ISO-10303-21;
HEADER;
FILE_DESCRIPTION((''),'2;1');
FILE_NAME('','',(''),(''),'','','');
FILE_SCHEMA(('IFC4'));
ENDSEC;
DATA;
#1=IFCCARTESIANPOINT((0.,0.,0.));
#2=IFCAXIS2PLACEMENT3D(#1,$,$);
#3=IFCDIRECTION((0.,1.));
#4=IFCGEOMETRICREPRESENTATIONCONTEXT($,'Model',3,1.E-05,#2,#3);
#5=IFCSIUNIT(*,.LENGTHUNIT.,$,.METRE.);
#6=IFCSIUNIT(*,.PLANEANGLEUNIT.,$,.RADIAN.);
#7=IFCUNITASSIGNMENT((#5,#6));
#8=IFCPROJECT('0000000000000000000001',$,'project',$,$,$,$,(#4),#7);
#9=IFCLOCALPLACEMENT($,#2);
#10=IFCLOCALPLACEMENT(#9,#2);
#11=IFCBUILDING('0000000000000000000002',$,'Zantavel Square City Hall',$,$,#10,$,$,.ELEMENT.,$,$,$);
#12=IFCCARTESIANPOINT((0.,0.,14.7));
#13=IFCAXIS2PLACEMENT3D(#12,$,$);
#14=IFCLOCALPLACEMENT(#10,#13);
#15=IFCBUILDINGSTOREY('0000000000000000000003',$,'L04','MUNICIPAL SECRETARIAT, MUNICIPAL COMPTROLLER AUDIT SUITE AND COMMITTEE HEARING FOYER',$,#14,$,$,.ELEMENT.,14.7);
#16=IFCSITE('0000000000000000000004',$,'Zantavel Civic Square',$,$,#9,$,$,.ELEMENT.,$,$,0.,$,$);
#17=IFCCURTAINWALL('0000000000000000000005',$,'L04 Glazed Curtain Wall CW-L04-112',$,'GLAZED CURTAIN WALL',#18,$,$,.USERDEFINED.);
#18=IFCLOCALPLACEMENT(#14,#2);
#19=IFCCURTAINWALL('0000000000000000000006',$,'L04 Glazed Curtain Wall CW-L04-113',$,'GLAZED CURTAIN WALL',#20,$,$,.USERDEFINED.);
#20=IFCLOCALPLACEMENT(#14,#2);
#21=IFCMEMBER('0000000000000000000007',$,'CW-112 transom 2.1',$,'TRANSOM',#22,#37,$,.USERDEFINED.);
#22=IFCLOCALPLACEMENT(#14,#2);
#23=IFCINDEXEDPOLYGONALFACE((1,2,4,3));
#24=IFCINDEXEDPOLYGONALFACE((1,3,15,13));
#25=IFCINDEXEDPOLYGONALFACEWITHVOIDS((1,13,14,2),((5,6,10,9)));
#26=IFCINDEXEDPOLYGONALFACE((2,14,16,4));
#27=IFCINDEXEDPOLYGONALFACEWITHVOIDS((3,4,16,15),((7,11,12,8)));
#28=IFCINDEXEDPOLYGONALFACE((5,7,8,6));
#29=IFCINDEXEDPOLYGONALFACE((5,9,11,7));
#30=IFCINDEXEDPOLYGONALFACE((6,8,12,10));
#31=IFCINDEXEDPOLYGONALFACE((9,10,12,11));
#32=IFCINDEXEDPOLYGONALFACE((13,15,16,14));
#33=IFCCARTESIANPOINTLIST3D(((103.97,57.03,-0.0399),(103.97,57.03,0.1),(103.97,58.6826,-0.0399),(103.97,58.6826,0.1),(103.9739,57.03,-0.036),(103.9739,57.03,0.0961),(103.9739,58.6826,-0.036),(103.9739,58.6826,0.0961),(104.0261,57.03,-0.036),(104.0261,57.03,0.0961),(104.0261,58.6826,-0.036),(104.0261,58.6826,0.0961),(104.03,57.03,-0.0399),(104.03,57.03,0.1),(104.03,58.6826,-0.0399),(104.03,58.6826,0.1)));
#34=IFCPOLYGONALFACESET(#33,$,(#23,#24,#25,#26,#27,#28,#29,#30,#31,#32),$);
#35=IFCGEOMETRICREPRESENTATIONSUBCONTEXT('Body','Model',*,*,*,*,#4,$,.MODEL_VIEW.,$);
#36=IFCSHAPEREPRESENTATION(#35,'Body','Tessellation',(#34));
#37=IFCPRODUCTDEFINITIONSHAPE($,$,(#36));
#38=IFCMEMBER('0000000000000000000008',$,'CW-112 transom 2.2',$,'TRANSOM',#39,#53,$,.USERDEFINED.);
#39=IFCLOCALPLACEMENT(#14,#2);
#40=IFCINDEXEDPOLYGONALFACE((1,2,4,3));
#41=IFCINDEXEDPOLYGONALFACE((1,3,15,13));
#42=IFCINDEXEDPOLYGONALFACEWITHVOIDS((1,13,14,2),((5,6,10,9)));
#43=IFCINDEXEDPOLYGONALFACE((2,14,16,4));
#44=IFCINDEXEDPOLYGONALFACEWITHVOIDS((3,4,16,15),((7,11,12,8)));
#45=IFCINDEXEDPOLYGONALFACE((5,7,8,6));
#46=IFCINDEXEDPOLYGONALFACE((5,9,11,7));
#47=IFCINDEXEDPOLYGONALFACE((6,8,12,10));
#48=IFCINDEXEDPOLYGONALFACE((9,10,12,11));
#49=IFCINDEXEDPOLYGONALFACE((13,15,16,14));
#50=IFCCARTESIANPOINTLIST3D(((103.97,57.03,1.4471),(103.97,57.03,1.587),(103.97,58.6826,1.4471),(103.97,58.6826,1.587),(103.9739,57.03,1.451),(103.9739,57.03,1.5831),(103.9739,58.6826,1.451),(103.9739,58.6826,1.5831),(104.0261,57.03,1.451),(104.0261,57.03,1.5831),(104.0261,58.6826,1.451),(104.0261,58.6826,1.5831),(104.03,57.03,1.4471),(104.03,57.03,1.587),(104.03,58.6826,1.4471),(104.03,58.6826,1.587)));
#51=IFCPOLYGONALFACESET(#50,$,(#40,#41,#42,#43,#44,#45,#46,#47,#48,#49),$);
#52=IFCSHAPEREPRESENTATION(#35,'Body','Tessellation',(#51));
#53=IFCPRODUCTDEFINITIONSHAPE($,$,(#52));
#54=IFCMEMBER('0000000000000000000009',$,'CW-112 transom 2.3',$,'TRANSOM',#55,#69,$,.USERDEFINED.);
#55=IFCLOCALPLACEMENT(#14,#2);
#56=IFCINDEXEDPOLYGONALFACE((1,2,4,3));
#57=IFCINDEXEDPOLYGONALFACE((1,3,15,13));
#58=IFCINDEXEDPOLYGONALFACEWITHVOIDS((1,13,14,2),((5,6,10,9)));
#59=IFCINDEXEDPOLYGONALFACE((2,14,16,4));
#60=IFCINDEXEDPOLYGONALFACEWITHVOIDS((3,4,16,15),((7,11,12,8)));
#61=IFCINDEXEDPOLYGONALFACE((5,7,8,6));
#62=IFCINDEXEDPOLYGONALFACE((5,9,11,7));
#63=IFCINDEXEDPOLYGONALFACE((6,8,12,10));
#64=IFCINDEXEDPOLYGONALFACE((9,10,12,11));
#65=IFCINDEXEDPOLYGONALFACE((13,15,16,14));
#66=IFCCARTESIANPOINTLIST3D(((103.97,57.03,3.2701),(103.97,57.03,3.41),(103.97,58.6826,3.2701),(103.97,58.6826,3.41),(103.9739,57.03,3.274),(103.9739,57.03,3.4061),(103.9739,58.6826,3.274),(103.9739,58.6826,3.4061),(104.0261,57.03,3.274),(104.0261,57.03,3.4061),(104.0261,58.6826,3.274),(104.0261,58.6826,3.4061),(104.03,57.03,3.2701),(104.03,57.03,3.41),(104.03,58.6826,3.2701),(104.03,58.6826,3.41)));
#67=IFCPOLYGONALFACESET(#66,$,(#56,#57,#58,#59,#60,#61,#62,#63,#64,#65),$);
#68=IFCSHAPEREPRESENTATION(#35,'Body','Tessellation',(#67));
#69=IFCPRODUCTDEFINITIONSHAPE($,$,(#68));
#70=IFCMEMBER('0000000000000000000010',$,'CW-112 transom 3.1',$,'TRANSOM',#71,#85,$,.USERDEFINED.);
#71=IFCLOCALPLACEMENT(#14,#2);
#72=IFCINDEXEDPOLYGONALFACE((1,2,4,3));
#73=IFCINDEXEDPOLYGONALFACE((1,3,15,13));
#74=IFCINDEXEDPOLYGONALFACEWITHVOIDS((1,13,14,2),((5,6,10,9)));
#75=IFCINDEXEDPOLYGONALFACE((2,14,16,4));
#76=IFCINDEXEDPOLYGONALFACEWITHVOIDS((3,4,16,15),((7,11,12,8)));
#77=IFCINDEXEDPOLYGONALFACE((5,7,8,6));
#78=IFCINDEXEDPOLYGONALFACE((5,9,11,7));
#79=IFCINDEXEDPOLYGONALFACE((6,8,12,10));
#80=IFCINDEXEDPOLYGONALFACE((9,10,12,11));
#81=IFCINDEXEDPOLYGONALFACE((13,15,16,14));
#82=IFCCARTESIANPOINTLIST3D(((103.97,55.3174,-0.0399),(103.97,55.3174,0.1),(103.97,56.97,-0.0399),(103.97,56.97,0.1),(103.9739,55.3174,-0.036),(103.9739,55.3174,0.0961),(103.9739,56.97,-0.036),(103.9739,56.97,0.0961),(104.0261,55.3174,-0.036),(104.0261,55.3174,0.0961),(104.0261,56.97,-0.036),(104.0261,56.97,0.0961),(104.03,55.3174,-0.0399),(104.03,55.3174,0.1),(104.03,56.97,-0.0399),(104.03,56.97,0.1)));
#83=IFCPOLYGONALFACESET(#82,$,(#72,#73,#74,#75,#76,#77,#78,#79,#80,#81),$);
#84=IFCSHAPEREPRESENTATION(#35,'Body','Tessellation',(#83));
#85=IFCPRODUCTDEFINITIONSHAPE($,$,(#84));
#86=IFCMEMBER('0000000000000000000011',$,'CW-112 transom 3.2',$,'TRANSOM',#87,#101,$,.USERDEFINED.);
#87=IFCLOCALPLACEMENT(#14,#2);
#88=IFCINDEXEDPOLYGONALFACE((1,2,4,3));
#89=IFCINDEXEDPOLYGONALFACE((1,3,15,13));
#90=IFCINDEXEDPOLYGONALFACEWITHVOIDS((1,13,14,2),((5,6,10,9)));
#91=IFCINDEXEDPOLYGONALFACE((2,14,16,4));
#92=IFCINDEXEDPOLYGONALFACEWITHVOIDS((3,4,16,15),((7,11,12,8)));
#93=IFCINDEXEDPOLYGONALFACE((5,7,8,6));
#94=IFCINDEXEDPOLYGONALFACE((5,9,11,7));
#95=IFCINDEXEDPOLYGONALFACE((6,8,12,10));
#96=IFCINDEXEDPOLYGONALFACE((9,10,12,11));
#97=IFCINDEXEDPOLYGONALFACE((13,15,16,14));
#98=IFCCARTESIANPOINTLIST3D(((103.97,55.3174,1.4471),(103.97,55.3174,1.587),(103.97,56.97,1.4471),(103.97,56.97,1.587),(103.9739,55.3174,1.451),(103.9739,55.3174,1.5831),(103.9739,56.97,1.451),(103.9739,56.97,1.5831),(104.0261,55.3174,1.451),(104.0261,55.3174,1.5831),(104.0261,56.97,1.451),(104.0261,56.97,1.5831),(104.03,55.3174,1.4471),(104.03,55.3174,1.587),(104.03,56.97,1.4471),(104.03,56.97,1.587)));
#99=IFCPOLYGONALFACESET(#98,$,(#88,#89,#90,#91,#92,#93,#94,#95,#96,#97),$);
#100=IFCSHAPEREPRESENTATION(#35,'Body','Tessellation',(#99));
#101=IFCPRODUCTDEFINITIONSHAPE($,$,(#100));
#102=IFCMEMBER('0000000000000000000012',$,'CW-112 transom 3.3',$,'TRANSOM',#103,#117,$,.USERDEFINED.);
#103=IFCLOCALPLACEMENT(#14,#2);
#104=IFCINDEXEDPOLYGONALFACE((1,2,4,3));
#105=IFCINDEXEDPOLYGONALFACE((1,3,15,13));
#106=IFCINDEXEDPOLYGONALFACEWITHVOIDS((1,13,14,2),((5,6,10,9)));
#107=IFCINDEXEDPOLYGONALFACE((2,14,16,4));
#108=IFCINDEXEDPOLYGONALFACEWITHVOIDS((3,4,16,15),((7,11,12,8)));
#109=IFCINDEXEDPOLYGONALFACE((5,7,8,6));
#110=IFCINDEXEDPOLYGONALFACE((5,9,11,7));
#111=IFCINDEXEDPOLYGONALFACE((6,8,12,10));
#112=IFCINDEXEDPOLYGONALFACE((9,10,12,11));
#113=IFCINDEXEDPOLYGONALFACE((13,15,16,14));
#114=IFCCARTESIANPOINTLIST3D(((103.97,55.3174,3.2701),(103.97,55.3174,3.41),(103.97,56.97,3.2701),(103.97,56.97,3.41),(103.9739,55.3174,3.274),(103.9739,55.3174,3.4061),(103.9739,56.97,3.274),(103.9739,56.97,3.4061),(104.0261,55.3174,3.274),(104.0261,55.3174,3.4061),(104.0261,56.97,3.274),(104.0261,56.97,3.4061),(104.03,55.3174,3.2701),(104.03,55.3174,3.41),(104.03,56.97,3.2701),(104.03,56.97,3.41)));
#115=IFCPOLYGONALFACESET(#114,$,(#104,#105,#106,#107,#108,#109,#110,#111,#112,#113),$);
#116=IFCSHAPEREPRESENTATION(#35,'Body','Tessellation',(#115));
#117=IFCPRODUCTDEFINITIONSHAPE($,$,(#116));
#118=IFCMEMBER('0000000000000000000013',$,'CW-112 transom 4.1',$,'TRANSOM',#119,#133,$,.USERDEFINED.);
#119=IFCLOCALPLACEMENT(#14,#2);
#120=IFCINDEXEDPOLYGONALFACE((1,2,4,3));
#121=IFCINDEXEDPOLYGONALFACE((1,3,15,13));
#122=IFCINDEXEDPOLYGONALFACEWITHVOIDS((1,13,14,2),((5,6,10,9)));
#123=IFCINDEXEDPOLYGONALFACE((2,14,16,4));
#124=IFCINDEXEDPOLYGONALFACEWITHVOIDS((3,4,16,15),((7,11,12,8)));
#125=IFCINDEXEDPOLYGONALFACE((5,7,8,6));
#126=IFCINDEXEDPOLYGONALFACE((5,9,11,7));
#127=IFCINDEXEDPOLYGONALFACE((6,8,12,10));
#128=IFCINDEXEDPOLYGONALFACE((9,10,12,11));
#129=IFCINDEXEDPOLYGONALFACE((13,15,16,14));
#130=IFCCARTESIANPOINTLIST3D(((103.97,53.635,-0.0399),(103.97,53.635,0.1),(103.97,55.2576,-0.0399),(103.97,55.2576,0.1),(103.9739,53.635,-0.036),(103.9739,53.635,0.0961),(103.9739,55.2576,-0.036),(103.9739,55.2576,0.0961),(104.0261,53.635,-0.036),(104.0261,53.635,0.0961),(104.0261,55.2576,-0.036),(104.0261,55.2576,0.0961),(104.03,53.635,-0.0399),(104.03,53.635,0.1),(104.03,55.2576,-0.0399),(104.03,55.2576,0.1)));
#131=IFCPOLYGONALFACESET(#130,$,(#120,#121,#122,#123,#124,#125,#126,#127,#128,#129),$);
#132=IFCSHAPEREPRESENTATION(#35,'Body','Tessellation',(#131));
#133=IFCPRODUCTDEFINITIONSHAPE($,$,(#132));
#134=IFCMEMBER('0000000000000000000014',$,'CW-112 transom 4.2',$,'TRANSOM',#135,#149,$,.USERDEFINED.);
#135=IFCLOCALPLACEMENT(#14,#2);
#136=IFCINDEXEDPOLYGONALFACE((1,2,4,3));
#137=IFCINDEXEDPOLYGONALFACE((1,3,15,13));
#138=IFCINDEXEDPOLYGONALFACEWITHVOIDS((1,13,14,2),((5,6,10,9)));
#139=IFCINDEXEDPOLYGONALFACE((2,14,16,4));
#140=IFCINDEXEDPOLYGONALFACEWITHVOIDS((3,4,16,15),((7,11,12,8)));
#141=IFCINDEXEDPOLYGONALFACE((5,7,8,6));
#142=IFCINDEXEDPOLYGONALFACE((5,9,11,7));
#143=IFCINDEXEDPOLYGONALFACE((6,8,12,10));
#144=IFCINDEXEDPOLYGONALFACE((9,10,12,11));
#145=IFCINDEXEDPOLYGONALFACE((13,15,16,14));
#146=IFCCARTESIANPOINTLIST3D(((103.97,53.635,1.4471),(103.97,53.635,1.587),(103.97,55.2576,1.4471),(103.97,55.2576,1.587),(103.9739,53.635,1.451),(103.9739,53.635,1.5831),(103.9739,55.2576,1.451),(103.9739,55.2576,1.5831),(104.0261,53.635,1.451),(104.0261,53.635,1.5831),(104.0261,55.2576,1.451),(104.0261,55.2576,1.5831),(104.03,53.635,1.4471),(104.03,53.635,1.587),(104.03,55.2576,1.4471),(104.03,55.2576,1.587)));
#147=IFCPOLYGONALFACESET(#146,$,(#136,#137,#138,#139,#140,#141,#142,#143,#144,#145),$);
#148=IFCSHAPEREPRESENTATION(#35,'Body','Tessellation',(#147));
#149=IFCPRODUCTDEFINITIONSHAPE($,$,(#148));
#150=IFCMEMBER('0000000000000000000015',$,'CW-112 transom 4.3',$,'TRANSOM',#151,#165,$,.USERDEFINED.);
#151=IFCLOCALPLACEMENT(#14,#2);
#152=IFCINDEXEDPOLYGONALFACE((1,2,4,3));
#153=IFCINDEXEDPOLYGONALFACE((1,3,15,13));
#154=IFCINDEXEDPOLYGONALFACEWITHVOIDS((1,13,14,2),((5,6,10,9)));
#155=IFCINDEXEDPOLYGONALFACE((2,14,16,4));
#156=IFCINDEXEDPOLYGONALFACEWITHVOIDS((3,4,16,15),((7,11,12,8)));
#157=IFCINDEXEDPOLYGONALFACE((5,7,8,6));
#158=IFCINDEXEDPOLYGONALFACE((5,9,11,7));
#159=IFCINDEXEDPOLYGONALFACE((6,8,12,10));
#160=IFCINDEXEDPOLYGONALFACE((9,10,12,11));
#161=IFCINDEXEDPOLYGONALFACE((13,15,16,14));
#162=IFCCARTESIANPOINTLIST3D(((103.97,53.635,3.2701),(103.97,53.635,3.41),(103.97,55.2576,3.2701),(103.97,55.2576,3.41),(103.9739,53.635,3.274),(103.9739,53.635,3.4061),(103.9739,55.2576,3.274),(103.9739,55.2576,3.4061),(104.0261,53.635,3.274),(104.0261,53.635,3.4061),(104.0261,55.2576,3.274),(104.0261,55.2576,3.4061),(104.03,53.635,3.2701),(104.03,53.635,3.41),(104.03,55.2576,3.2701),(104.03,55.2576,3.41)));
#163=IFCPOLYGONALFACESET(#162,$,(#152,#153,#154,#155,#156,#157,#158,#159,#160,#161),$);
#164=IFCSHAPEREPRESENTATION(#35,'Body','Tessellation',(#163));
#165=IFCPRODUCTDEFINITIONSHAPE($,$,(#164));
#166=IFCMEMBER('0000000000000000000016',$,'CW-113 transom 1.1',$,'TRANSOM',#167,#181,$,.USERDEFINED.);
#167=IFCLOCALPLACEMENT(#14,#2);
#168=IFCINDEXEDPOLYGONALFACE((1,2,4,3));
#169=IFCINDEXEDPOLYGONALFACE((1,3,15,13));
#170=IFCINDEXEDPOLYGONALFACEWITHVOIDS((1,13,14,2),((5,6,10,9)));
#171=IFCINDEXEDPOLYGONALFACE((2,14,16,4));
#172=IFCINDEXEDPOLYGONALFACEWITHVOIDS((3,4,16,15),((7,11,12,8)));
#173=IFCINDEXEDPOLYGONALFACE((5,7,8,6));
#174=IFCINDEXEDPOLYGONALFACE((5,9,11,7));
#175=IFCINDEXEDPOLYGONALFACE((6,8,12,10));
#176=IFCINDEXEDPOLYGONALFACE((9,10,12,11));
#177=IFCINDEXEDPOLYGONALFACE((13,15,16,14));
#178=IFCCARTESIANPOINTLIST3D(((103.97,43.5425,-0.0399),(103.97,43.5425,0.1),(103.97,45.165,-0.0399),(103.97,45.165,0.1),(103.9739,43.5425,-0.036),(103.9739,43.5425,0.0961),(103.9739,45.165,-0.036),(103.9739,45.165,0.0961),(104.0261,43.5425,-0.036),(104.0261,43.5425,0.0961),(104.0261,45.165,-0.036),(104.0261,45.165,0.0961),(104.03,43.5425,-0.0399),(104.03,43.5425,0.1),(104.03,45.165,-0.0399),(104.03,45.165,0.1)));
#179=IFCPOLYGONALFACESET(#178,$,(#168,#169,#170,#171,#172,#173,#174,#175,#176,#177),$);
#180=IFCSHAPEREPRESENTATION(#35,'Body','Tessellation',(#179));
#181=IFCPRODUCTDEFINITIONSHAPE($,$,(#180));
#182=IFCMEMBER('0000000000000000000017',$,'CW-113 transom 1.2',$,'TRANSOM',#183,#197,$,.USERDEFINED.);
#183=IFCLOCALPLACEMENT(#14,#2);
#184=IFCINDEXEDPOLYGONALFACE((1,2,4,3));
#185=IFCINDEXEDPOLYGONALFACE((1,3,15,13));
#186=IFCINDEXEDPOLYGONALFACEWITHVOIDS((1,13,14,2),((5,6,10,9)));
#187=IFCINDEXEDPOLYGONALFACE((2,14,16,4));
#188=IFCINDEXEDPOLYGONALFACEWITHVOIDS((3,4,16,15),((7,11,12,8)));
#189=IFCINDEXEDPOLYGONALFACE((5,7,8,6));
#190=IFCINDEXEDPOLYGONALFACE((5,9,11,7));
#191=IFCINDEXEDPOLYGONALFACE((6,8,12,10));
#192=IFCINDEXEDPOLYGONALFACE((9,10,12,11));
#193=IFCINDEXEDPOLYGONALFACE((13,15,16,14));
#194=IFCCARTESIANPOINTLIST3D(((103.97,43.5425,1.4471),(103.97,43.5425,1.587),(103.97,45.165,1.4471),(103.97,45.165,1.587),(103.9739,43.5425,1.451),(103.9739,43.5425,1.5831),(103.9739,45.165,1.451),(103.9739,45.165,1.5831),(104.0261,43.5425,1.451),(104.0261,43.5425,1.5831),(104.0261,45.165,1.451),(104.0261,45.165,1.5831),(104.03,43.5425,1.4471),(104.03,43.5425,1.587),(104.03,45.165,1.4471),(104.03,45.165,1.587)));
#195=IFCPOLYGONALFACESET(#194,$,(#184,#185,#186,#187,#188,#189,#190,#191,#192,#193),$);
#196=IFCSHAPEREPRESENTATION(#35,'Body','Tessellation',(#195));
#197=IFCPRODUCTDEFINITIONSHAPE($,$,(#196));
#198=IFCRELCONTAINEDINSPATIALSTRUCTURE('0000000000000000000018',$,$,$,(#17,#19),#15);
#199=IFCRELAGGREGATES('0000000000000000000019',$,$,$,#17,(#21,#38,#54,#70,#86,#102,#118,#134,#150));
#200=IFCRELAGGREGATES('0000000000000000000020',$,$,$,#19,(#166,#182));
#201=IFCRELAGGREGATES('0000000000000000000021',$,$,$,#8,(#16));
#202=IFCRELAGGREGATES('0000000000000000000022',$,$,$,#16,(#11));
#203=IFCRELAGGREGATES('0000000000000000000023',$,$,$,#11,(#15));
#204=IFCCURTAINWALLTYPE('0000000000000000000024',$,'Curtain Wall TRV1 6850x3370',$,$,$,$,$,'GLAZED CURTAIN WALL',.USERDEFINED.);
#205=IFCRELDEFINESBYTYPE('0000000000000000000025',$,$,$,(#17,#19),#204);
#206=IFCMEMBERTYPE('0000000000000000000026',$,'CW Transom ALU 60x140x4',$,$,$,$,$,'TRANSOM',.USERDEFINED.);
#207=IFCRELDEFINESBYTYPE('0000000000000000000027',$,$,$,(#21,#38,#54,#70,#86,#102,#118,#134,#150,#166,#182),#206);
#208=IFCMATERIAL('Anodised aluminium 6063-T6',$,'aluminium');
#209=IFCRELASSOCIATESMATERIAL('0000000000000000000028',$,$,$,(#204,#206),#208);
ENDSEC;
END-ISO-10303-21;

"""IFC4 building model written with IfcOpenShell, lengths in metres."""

from ifc_helpers import new_model, si_unit, direction, frame, origin, origin_2d, place, context, subcontext, project, spatial, hollow_rectangle, extrude, material, material_profile, profile_set, type_object, element, aggregate, save


model = new_model("IFC4")

# Units and contexts
model_context = context("Model", 3, precision=1e-05, world=origin(), true_north=direction((0.0, 1.0)))
body_context = subcontext(model_context, "Body", "Model", "MODEL_VIEW")
ifc_project = project(units=[si_unit("LENGTHUNIT", "METRE"), si_unit("PLANEANGLEUNIT", "RADIAN")], contexts=[model_context])

# Site, building, storey
site_placement = place(None, origin())
site = spatial("IfcSite", under=ifc_project, at=site_placement, Name="Zantavel Civic Square", CompositionType="ELEMENT", RefElevation=0.0)
building_placement = place(site_placement, origin())
building = spatial("IfcBuilding", under=site, at=building_placement, Name="Zantavel Square City Hall", CompositionType="ELEMENT")
storey_placement = place(building_placement, frame((0.0, 0.0, 14.7)))
storey = spatial("IfcBuildingStorey", under=building, at=storey_placement, Name="L04", Description="MUNICIPAL SECRETARIAT, MUNICIPAL COMPTROLLER AUDIT SUITE AND COMMITTEE HEARING FOYER", CompositionType="ELEMENT", Elevation=14.7)

# Curtain wall
ifc_material_1 = material(Name="Anodised aluminium 6063-T6", Category="aluminium")
curtain_wall_type = type_object("IfcCurtainWallType", Name="Curtain Wall TRV1 6850x3370", ElementType="GLAZED CURTAIN WALL", PredefinedType="USERDEFINED", material=ifc_material_1)
curtain_wall_1_placement = place(storey_placement, origin())
curtain_wall_1 = element("IfcCurtainWall", 1, at=curtain_wall_1_placement, inside=storey, type_object=curtain_wall_type, Name="L04 Glazed Curtain Wall CW-L04-112", ObjectType="GLAZED CURTAIN WALL", PredefinedType="USERDEFINED")

# Curtain wall
curtain_wall_2_placement = place(storey_placement, origin())
curtain_wall_2 = element("IfcCurtainWall", 2, at=curtain_wall_2_placement, inside=storey, type_object=curtain_wall_type, Name="L04 Glazed Curtain Wall CW-L04-113", ObjectType="GLAZED CURTAIN WALL", PredefinedType="USERDEFINED")

# Members
ifc_material_profile_1 = material_profile(ifc_material_1, hollow_rectangle(XDim=0.0601, YDim=0.1399, WallThickness=0.0039, at=origin_2d()), Name="ALU 60x140x4")
ifc_profile_set_1 = profile_set([ifc_material_profile_1], Name="Anodised aluminium 6063-T6")
member_type_1 = type_object("IfcMemberType", Name="CW Transom ALU 60x140x4", ElementType="TRANSOM", PredefinedType="USERDEFINED", material=ifc_profile_set_1)
member_1_placement = place(storey_placement, frame((104.0, 58.6826, 0.03), z_axis=(0.0, -1.0, 0.0), x_axis=(1.0, 0.0, 0.0)))
member_1 = element("IfcMember", 3, at=member_1_placement, type_object=member_type_1, Name="CW-112 transom 2.1", ObjectType="TRANSOM", PredefinedType="USERDEFINED", context=body_context, shape_type="SweptSolid", body=[
    extrude(hollow_rectangle(XDim=0.0601, YDim=0.1399, WallThickness=0.0039, at=origin_2d()), origin(), (0.0, 0.0, 1.0), 1.6526),
])
member_2_placement = place(storey_placement, frame((104.0, 58.6826, 1.5171), z_axis=(0.0, -1.0, 0.0), x_axis=(1.0, 0.0, 0.0)))
member_2 = element("IfcMember", 4, at=member_2_placement, type_object=member_type_1, Name="CW-112 transom 2.2", ObjectType="TRANSOM", PredefinedType="USERDEFINED", context=body_context, shape_type="SweptSolid", body=[
    extrude(hollow_rectangle(XDim=0.0601, YDim=0.1399, WallThickness=0.0039, at=origin_2d()), origin(), (0.0, 0.0, 1.0), 1.6526),
])
member_3_placement = place(storey_placement, frame((104.0, 58.6826, 3.3401), z_axis=(0.0, -1.0, 0.0), x_axis=(1.0, 0.0, 0.0)))
member_3 = element("IfcMember", 5, at=member_3_placement, type_object=member_type_1, Name="CW-112 transom 2.3", ObjectType="TRANSOM", PredefinedType="USERDEFINED", context=body_context, shape_type="SweptSolid", body=[
    extrude(hollow_rectangle(XDim=0.0601, YDim=0.1399, WallThickness=0.0039, at=origin_2d()), origin(), (0.0, 0.0, 1.0), 1.6526),
])
member_4_placement = place(storey_placement, frame((104.0, 56.97, 0.03), z_axis=(0.0, -1.0, 0.0), x_axis=(1.0, 0.0, 0.0)))
member_4 = element("IfcMember", 6, at=member_4_placement, type_object=member_type_1, Name="CW-112 transom 3.1", ObjectType="TRANSOM", PredefinedType="USERDEFINED", context=body_context, shape_type="SweptSolid", body=[
    extrude(hollow_rectangle(XDim=0.0601, YDim=0.1399, WallThickness=0.0039, at=origin_2d()), origin(), (0.0, 0.0, 1.0), 1.6526),
])
member_5_placement = place(storey_placement, frame((104.0, 56.97, 1.5171), z_axis=(0.0, -1.0, 0.0), x_axis=(1.0, 0.0, 0.0)))
member_5 = element("IfcMember", 7, at=member_5_placement, type_object=member_type_1, Name="CW-112 transom 3.2", ObjectType="TRANSOM", PredefinedType="USERDEFINED", context=body_context, shape_type="SweptSolid", body=[
    extrude(hollow_rectangle(XDim=0.0601, YDim=0.1399, WallThickness=0.0039, at=origin_2d()), origin(), (0.0, 0.0, 1.0), 1.6526),
])
member_6_placement = place(storey_placement, frame((104.0, 56.97, 3.3401), z_axis=(0.0, -1.0, 0.0), x_axis=(1.0, 0.0, 0.0)))
member_6 = element("IfcMember", 8, at=member_6_placement, type_object=member_type_1, Name="CW-112 transom 3.3", ObjectType="TRANSOM", PredefinedType="USERDEFINED", context=body_context, shape_type="SweptSolid", body=[
    extrude(hollow_rectangle(XDim=0.0601, YDim=0.1399, WallThickness=0.0039, at=origin_2d()), origin(), (0.0, 0.0, 1.0), 1.6526),
])
member_7_placement = place(storey_placement, frame((104.0, 55.2576, 0.03), z_axis=(0.0, -1.0, 0.0), x_axis=(1.0, 0.0, 0.0)))
member_7 = element("IfcMember", 9, at=member_7_placement, type_object=member_type_1, Name="CW-112 transom 4.1", ObjectType="TRANSOM", PredefinedType="USERDEFINED", context=body_context, shape_type="SweptSolid", body=[
    extrude(hollow_rectangle(XDim=0.0601, YDim=0.1399, WallThickness=0.0039, at=origin_2d()), origin(), (0.0, 0.0, 1.0), 1.6226),
])
member_8_placement = place(storey_placement, frame((104.0, 55.2576, 1.5171), z_axis=(0.0, -1.0, 0.0), x_axis=(1.0, 0.0, 0.0)))
member_8 = element("IfcMember", 10, at=member_8_placement, type_object=member_type_1, Name="CW-112 transom 4.2", ObjectType="TRANSOM", PredefinedType="USERDEFINED", context=body_context, shape_type="SweptSolid", body=[
    extrude(hollow_rectangle(XDim=0.0601, YDim=0.1399, WallThickness=0.0039, at=origin_2d()), origin(), (0.0, 0.0, 1.0), 1.6226),
])
member_9_placement = place(storey_placement, frame((104.0, 55.2576, 3.3401), z_axis=(0.0, -1.0, 0.0), x_axis=(1.0, 0.0, 0.0)))
member_9 = element("IfcMember", 11, at=member_9_placement, type_object=member_type_1, Name="CW-112 transom 4.3", ObjectType="TRANSOM", PredefinedType="USERDEFINED", context=body_context, shape_type="SweptSolid", body=[
    extrude(hollow_rectangle(XDim=0.0601, YDim=0.1399, WallThickness=0.0039, at=origin_2d()), origin(), (0.0, 0.0, 1.0), 1.6226),
])
member_10_placement = place(storey_placement, frame((104.0, 45.165, 0.03), z_axis=(0.0, -1.0, 0.0), x_axis=(1.0, 0.0, 0.0)))
member_10 = element("IfcMember", 12, at=member_10_placement, type_object=member_type_1, Name="CW-113 transom 1.1", ObjectType="TRANSOM", PredefinedType="USERDEFINED", context=body_context, shape_type="SweptSolid", body=[
    extrude(hollow_rectangle(XDim=0.0601, YDim=0.1399, WallThickness=0.0039, at=origin_2d()), origin(), (0.0, 0.0, 1.0), 1.6226),
])
member_11_placement = place(storey_placement, frame((104.0, 45.165, 1.5171), z_axis=(0.0, -1.0, 0.0), x_axis=(1.0, 0.0, 0.0)))
member_11 = element("IfcMember", 13, at=member_11_placement, type_object=member_type_1, Name="CW-113 transom 1.2", ObjectType="TRANSOM", PredefinedType="USERDEFINED", context=body_context, shape_type="SweptSolid", body=[
    extrude(hollow_rectangle(XDim=0.0601, YDim=0.1399, WallThickness=0.0039, at=origin_2d()), origin(), (0.0, 0.0, 1.0), 1.6226),
])

aggregate(curtain_wall_1, [member_1, member_2, member_3, member_4, member_5, member_6, member_7, member_8, member_9])
aggregate(curtain_wall_2, [member_10, member_11])

save(model, "model.ifc")
